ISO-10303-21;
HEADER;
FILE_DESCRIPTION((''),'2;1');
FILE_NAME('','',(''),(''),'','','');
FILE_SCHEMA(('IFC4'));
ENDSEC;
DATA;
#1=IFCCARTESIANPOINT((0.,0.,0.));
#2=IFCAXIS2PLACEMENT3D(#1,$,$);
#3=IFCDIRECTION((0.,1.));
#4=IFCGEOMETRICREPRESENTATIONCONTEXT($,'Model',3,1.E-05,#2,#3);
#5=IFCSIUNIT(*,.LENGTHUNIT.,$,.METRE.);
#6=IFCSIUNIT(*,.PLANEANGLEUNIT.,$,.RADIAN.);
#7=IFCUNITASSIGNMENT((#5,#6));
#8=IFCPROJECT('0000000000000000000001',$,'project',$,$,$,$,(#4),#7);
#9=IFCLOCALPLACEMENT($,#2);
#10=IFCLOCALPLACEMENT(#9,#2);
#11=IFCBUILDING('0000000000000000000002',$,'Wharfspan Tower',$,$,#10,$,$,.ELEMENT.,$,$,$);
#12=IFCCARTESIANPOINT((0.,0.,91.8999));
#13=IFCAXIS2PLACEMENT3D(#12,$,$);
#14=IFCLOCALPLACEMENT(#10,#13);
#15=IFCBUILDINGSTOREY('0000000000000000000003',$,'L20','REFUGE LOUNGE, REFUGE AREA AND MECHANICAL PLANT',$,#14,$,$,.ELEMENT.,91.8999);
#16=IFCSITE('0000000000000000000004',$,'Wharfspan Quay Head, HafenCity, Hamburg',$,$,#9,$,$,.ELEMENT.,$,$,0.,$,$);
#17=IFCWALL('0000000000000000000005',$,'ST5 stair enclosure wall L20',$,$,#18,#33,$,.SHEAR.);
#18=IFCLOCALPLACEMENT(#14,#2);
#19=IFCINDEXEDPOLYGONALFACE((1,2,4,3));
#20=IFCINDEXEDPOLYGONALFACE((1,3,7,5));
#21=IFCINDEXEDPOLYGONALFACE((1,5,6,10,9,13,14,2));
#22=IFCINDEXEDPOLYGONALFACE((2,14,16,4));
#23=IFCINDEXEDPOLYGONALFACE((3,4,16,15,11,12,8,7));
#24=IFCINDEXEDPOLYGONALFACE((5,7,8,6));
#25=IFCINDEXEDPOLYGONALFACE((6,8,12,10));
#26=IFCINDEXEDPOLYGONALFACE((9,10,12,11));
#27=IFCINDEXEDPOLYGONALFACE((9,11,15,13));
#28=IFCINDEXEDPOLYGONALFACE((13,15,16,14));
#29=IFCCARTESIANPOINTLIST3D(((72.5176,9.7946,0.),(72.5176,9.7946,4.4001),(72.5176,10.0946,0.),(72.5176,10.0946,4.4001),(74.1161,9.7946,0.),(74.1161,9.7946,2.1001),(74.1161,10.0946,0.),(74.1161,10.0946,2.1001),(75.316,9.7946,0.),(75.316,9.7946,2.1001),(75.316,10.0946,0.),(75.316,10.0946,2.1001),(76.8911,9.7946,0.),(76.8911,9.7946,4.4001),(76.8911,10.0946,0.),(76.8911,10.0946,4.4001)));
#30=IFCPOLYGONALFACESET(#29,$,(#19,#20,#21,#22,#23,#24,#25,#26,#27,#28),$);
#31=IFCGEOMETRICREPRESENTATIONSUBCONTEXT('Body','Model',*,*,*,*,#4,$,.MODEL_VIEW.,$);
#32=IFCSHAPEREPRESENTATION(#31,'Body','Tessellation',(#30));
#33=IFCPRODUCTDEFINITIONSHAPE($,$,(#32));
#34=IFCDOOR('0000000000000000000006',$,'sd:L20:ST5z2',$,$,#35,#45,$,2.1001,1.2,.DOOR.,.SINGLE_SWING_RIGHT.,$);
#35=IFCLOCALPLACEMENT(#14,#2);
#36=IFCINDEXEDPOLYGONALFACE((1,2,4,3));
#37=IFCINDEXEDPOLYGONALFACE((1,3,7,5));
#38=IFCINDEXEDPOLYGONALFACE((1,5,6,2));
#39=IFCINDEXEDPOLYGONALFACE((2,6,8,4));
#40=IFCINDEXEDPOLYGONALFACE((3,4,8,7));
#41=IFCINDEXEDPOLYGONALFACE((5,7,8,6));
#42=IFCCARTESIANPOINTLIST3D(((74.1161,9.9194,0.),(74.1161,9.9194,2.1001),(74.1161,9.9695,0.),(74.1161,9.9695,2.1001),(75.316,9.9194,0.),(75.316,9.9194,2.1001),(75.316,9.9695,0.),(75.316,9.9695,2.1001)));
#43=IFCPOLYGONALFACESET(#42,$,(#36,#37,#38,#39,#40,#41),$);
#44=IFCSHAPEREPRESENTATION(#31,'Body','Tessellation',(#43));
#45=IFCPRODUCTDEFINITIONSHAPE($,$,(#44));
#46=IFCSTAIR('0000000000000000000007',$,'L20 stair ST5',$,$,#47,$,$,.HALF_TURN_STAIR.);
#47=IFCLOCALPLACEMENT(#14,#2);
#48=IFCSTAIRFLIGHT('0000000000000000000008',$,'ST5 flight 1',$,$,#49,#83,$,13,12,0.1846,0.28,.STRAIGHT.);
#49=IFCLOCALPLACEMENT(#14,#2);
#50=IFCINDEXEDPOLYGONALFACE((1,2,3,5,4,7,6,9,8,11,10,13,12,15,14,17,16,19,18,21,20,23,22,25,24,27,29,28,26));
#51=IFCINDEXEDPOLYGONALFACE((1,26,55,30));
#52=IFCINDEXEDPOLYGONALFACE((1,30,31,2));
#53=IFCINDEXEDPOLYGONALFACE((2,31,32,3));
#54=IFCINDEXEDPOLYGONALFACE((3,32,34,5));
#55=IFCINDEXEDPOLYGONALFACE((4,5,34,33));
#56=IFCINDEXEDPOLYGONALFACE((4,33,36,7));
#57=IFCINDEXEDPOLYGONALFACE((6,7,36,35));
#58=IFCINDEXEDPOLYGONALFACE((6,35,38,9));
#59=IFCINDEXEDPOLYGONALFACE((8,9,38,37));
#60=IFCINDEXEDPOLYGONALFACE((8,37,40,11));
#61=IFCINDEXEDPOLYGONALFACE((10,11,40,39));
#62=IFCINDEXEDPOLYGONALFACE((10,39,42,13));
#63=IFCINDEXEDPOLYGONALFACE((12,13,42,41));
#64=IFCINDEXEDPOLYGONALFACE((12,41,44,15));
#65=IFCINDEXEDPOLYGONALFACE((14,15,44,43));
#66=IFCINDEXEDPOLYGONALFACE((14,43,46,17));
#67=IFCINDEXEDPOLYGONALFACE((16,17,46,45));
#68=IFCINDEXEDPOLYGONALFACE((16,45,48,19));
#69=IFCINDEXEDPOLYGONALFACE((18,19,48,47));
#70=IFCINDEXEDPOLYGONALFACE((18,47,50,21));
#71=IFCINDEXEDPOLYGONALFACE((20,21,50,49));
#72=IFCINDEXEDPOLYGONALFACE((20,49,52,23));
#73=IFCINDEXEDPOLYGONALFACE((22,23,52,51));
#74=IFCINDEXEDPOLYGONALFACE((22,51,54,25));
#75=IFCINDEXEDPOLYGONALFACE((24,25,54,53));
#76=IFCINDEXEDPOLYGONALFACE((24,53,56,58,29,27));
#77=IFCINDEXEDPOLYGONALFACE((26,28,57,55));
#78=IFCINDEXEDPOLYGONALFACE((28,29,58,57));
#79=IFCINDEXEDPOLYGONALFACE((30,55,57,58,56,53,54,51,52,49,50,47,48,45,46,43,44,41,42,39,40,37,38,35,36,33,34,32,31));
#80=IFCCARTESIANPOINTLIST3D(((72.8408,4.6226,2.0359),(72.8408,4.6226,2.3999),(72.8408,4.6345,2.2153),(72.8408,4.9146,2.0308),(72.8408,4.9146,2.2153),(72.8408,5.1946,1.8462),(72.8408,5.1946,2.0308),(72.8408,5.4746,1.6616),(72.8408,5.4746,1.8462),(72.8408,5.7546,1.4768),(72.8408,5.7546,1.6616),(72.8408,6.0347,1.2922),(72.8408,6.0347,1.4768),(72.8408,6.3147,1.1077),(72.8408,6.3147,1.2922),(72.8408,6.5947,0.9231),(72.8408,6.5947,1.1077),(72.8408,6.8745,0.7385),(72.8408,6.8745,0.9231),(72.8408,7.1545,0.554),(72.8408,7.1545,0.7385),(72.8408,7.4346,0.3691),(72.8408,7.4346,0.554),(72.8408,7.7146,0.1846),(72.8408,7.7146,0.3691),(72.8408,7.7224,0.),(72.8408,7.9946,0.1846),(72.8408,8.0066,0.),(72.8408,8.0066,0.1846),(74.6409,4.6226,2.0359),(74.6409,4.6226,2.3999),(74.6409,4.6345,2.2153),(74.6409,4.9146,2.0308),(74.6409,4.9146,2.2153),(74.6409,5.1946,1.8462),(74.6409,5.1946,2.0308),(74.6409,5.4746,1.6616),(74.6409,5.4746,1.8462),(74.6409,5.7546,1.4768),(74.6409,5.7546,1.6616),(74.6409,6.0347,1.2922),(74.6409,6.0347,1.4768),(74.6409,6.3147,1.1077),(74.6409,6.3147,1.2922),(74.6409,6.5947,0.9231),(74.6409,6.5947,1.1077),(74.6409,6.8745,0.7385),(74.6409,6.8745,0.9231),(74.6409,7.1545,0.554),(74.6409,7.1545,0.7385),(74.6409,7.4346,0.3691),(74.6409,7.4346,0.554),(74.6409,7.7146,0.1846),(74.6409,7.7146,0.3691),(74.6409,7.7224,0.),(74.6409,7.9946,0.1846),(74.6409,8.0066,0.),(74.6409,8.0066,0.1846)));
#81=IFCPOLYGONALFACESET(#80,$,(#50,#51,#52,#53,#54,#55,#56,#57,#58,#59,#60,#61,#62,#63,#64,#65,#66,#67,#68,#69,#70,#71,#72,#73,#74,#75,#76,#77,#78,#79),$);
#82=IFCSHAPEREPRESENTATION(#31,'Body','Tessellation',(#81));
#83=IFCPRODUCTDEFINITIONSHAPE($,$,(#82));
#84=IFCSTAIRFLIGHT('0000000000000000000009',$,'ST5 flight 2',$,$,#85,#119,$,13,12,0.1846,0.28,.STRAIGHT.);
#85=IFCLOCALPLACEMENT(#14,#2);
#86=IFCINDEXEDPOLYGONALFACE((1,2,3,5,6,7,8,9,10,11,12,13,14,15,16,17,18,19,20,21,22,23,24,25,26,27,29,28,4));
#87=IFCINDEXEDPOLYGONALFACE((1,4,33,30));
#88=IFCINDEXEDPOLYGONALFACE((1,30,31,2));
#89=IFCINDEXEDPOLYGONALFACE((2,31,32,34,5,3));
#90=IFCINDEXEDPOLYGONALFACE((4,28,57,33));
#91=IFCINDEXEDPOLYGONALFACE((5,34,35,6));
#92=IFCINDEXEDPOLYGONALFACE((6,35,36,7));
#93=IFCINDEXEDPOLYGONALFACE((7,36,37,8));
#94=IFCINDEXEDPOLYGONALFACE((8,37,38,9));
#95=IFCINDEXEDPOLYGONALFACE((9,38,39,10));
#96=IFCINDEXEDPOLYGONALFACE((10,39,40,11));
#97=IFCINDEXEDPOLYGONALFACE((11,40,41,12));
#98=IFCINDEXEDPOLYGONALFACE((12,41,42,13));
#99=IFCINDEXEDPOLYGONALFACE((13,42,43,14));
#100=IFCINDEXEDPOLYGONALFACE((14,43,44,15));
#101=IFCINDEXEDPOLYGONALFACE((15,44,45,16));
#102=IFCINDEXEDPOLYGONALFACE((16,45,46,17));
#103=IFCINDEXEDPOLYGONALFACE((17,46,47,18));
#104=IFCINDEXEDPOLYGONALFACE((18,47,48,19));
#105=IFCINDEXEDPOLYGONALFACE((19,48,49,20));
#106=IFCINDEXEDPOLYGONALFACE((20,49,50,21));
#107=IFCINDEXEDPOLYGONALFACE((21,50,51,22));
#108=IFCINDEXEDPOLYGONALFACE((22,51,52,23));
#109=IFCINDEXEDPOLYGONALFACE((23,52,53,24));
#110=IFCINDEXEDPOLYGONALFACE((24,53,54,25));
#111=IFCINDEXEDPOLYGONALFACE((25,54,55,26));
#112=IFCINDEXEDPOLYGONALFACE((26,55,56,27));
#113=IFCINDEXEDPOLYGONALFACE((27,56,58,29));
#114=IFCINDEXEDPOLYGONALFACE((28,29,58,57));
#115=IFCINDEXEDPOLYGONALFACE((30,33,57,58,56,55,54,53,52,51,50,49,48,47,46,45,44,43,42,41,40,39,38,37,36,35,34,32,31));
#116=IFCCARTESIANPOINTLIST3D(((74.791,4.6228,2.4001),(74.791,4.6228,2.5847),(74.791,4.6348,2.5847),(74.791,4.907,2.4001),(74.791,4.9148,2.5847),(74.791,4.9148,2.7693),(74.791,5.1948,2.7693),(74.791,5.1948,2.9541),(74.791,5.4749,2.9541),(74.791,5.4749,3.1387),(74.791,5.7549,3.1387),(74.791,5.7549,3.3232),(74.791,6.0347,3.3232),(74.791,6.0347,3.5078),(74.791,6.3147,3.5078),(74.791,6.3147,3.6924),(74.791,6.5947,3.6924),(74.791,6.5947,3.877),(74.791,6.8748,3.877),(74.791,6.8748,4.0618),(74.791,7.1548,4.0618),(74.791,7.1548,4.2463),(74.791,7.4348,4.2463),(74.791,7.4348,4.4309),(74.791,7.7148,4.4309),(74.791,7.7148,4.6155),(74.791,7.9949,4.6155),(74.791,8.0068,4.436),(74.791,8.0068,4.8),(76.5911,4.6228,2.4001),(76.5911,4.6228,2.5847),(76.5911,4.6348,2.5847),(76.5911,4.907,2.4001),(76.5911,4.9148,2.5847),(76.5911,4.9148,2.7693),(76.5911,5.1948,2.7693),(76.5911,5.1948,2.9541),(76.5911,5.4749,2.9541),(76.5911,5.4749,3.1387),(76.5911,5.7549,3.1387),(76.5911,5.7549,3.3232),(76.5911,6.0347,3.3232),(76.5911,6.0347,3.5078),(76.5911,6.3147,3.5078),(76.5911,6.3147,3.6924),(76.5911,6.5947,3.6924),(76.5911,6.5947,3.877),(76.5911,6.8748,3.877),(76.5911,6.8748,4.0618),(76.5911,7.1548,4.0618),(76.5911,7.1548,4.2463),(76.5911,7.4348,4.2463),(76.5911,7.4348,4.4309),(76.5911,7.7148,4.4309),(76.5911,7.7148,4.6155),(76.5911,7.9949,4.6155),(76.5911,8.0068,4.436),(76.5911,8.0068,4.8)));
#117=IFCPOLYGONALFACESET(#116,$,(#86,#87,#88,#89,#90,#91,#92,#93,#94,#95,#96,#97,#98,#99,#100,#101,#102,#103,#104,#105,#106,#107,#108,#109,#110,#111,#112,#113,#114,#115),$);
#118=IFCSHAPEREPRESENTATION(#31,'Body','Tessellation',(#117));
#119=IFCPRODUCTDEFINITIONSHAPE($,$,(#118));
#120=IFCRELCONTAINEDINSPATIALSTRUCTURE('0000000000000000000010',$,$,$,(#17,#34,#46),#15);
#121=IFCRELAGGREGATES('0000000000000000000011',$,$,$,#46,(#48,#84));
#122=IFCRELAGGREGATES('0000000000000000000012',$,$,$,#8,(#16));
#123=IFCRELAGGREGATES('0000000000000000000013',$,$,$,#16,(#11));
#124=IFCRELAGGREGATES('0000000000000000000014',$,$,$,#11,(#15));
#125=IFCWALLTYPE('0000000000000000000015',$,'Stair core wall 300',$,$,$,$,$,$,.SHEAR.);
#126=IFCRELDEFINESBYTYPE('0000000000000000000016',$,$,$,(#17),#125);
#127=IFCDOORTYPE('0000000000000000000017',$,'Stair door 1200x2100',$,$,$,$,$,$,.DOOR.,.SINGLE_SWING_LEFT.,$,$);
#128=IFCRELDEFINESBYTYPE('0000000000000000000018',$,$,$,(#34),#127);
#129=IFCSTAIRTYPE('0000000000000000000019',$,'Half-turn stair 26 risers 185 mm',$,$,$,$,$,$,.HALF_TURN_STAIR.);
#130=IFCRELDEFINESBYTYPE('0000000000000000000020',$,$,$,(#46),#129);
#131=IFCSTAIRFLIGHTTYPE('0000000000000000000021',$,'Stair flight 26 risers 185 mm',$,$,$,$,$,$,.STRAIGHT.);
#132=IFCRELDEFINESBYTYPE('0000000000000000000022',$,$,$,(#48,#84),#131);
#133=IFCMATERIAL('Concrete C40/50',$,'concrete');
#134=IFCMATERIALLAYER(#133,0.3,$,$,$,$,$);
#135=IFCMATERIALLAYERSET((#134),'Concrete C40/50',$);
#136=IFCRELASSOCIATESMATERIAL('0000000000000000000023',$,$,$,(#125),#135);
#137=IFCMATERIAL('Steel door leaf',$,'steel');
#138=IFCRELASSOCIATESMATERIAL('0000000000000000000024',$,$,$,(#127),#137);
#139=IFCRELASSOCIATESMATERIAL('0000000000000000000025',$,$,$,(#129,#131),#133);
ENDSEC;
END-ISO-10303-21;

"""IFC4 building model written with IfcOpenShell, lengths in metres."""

from ifc_helpers import new_model, si_unit, direction, frame, frame_2d, origin, place, context, subcontext, project, spatial, polyline, rectangle, outline, extrude, material, layer, layer_set, type_object, element, fill, aggregate, save


model = new_model("IFC4")

# Units and contexts
model_context = context("Model", 3, precision=1e-05, world=origin(), true_north=direction((0.0, 1.0)))
body_context = subcontext(model_context, "Body", "Model", "MODEL_VIEW")
ifc_project = project(units=[si_unit("LENGTHUNIT", "METRE"), si_unit("PLANEANGLEUNIT", "RADIAN")], contexts=[model_context])

# Site, building, storey
site_placement = place(None, origin())
site = spatial("IfcSite", under=ifc_project, at=site_placement, Name="Wharfspan Quay Head, HafenCity, Hamburg", CompositionType="ELEMENT", RefElevation=0.0)
building_placement = place(site_placement, origin())
building = spatial("IfcBuilding", under=site, at=building_placement, Name="Wharfspan Tower", CompositionType="ELEMENT")
storey_placement = place(building_placement, frame((0.0, 0.0, 91.8999)))
storey = spatial("IfcBuildingStorey", under=building, at=storey_placement, Name="L20", Description="REFUGE LOUNGE, REFUGE AREA AND MECHANICAL PLANT", CompositionType="ELEMENT", Elevation=91.8999)

# Wall, opening, door
ifc_material_1 = material(Name="Concrete C40/50", Category="concrete")
ifc_layer_1 = layer(ifc_material_1, 0.3)
ifc_layer_set_1 = layer_set([ifc_layer_1], Name="Concrete C40/50")
wall_type_1 = type_object("IfcWallType", Name="Stair core wall 300", PredefinedType="SHEAR", material=ifc_layer_set_1)
wall_1_placement = place(storey_placement, frame((72.5176, 9.9446, 0.0), z_axis=(0.0, 0.0, 1.0), x_axis=(1.0, 0.0, 0.0)))
wall_1 = element("IfcWall", 1, at=wall_1_placement, inside=storey, type_object=wall_type_1, Name="ST5 stair enclosure wall L20", PredefinedType="SHEAR", context=body_context, shape_type="SweptSolid", body=[
    extrude(rectangle(XDim=4.3735, YDim=0.3, at=frame_2d((2.1868, 0.0))), origin(), (0.0, 0.0, 1.0), 4.4001),
])
opening_1_placement = place(wall_1_placement, frame((1.5984, 0.0, 0.0)))
opening_1 = element("IfcOpeningElement", 2, at=opening_1_placement, cuts=wall_1, PredefinedType="OPENING", context=body_context, shape_type="SweptSolid", body=[
    extrude(rectangle(XDim=1.2, YDim=2.1001, at=frame_2d((0.6001, 1.05))), frame((0.0, 0.1599, 0.0), z_axis=(0.0, -1.0, 0.0), x_axis=(1.0, 0.0, 0.0)), (0.0, 0.0, 1.0), 0.3201),
])
ifc_material_2 = material(Name="Steel door leaf", Category="steel")
door_type_1 = type_object("IfcDoorType", Name="Stair door 1200x2100", OperationType="SINGLE_SWING_LEFT", PredefinedType="DOOR", material=ifc_material_2)
door_1_placement = place(opening_1_placement, origin())
door_1 = element("IfcDoor", 3, at=door_1_placement, inside=storey, type_object=door_type_1, Name="sd:L20:ST5z2", OperationType="SINGLE_SWING_RIGHT", OverallHeight=2.1001, OverallWidth=1.2, PredefinedType="DOOR", context=body_context, shape_type="SweptSolid", body=[
    extrude(rectangle(XDim=1.2, YDim=2.1001, at=frame_2d((0.6001, 1.05))), frame((0.0, 0.0249, 0.0), z_axis=(0.0, -1.0, 0.0), x_axis=(1.0, 0.0, 0.0)), (0.0, 0.0, 1.0), 0.05),
])
fill(opening_1, door_1)

# Stair, stair flights
stair_type = type_object("IfcStairType", Name="Half-turn stair 26 risers 185 mm", PredefinedType="HALF_TURN_STAIR", material=ifc_material_1)
stair_placement = place(storey_placement, origin())
stair = element("IfcStair", 4, at=stair_placement, inside=storey, type_object=stair_type, Name="L20 stair ST5", PredefinedType="HALF_TURN_STAIR")
stair_flight_type = type_object("IfcStairFlightType", Name="Stair flight 26 risers 185 mm", PredefinedType="STRAIGHT", material=ifc_material_1)
stair_flight_1_placement = place(storey_placement, frame((73.741, 7.9946, 0.0), z_axis=(0.0, 0.0, 1.0), x_axis=(0.0, -1.0, 0.0)))
stair_flight_1 = element("IfcStairFlight", 5, at=stair_flight_1_placement, type_object=stair_flight_type, Name="ST5 flight 1", NumberOfRisers=13, NumberOfTreads=12, PredefinedType="STRAIGHT", RiserHeight=0.1846, TreadLength=0.28, context=body_context, shape_type="SweptSolid", body=[
    extrude(outline(polyline([(-0.012, 0.0), (-0.012, 0.1846), (0.0, 0.1846), (0.28, 0.1846), (0.28, 0.3691), (0.5601, 0.3691), (0.5601, 0.554), (0.8401, 0.554), (0.8401, 0.7385), (1.1201, 0.7385), (1.1201, 0.9231), (1.3999, 0.9231), (1.3999, 1.1077), (1.6799, 1.1077), (1.6799, 1.2922), (1.96, 1.2922), (1.96, 1.4768), (2.24, 1.4768), (2.24, 1.6616), (2.52, 1.6616), (2.52, 1.8462), (2.8, 1.8462), (2.8, 2.0308), (3.0801, 2.0308), (3.0801, 2.2153), (3.3601, 2.2153), (3.3721, 2.3999), (3.3721, 2.0359), (0.2722, 0.0), (-0.012, 0.0)])), frame((0.0, 0.8999, 0.0), z_axis=(0.0, -1.0, 0.0), x_axis=(1.0, 0.0, 0.0)), (0.0, 0.0, 1.0), 1.8),
])
stair_flight_2_placement = place(storey_placement, frame((75.6909, 4.6348, 2.4001), z_axis=(0.0, 0.0, 1.0), x_axis=(0.0, 1.0, 0.0)))
stair_flight_2 = element("IfcStairFlight", 6, at=stair_flight_2_placement, type_object=stair_flight_type, Name="ST5 flight 2", NumberOfRisers=13, NumberOfTreads=12, PredefinedType="STRAIGHT", RiserHeight=0.1846, TreadLength=0.28, context=body_context, shape_type="SweptSolid", body=[
    extrude(outline(polyline([(-0.012, 0.0), (-0.012, 0.1846), (0.0, 0.1846), (0.28, 0.1846), (0.28, 0.3691), (0.5601, 0.3691), (0.5601, 0.554), (0.8401, 0.554), (0.8401, 0.7385), (1.1201, 0.7385), (1.1201, 0.9231), (1.3999, 0.9231), (1.3999, 1.1077), (1.6799, 1.1077), (1.6799, 1.2922), (1.96, 1.2922), (1.96, 1.4768), (2.24, 1.4768), (2.24, 1.6616), (2.52, 1.6616), (2.52, 1.8462), (2.8, 1.8462), (2.8, 2.0308), (3.0801, 2.0308), (3.0801, 2.2153), (3.3601, 2.2153), (3.3721, 2.3999), (3.3721, 2.0359), (0.2722, 0.0), (-0.012, 0.0)])), frame((0.0, 0.8999, 0.0), z_axis=(0.0, -1.0, 0.0), x_axis=(1.0, 0.0, 0.0)), (0.0, 0.0, 1.0), 1.8),
])
aggregate(stair, [stair_flight_1, stair_flight_2])

save(model, "model.ifc")
